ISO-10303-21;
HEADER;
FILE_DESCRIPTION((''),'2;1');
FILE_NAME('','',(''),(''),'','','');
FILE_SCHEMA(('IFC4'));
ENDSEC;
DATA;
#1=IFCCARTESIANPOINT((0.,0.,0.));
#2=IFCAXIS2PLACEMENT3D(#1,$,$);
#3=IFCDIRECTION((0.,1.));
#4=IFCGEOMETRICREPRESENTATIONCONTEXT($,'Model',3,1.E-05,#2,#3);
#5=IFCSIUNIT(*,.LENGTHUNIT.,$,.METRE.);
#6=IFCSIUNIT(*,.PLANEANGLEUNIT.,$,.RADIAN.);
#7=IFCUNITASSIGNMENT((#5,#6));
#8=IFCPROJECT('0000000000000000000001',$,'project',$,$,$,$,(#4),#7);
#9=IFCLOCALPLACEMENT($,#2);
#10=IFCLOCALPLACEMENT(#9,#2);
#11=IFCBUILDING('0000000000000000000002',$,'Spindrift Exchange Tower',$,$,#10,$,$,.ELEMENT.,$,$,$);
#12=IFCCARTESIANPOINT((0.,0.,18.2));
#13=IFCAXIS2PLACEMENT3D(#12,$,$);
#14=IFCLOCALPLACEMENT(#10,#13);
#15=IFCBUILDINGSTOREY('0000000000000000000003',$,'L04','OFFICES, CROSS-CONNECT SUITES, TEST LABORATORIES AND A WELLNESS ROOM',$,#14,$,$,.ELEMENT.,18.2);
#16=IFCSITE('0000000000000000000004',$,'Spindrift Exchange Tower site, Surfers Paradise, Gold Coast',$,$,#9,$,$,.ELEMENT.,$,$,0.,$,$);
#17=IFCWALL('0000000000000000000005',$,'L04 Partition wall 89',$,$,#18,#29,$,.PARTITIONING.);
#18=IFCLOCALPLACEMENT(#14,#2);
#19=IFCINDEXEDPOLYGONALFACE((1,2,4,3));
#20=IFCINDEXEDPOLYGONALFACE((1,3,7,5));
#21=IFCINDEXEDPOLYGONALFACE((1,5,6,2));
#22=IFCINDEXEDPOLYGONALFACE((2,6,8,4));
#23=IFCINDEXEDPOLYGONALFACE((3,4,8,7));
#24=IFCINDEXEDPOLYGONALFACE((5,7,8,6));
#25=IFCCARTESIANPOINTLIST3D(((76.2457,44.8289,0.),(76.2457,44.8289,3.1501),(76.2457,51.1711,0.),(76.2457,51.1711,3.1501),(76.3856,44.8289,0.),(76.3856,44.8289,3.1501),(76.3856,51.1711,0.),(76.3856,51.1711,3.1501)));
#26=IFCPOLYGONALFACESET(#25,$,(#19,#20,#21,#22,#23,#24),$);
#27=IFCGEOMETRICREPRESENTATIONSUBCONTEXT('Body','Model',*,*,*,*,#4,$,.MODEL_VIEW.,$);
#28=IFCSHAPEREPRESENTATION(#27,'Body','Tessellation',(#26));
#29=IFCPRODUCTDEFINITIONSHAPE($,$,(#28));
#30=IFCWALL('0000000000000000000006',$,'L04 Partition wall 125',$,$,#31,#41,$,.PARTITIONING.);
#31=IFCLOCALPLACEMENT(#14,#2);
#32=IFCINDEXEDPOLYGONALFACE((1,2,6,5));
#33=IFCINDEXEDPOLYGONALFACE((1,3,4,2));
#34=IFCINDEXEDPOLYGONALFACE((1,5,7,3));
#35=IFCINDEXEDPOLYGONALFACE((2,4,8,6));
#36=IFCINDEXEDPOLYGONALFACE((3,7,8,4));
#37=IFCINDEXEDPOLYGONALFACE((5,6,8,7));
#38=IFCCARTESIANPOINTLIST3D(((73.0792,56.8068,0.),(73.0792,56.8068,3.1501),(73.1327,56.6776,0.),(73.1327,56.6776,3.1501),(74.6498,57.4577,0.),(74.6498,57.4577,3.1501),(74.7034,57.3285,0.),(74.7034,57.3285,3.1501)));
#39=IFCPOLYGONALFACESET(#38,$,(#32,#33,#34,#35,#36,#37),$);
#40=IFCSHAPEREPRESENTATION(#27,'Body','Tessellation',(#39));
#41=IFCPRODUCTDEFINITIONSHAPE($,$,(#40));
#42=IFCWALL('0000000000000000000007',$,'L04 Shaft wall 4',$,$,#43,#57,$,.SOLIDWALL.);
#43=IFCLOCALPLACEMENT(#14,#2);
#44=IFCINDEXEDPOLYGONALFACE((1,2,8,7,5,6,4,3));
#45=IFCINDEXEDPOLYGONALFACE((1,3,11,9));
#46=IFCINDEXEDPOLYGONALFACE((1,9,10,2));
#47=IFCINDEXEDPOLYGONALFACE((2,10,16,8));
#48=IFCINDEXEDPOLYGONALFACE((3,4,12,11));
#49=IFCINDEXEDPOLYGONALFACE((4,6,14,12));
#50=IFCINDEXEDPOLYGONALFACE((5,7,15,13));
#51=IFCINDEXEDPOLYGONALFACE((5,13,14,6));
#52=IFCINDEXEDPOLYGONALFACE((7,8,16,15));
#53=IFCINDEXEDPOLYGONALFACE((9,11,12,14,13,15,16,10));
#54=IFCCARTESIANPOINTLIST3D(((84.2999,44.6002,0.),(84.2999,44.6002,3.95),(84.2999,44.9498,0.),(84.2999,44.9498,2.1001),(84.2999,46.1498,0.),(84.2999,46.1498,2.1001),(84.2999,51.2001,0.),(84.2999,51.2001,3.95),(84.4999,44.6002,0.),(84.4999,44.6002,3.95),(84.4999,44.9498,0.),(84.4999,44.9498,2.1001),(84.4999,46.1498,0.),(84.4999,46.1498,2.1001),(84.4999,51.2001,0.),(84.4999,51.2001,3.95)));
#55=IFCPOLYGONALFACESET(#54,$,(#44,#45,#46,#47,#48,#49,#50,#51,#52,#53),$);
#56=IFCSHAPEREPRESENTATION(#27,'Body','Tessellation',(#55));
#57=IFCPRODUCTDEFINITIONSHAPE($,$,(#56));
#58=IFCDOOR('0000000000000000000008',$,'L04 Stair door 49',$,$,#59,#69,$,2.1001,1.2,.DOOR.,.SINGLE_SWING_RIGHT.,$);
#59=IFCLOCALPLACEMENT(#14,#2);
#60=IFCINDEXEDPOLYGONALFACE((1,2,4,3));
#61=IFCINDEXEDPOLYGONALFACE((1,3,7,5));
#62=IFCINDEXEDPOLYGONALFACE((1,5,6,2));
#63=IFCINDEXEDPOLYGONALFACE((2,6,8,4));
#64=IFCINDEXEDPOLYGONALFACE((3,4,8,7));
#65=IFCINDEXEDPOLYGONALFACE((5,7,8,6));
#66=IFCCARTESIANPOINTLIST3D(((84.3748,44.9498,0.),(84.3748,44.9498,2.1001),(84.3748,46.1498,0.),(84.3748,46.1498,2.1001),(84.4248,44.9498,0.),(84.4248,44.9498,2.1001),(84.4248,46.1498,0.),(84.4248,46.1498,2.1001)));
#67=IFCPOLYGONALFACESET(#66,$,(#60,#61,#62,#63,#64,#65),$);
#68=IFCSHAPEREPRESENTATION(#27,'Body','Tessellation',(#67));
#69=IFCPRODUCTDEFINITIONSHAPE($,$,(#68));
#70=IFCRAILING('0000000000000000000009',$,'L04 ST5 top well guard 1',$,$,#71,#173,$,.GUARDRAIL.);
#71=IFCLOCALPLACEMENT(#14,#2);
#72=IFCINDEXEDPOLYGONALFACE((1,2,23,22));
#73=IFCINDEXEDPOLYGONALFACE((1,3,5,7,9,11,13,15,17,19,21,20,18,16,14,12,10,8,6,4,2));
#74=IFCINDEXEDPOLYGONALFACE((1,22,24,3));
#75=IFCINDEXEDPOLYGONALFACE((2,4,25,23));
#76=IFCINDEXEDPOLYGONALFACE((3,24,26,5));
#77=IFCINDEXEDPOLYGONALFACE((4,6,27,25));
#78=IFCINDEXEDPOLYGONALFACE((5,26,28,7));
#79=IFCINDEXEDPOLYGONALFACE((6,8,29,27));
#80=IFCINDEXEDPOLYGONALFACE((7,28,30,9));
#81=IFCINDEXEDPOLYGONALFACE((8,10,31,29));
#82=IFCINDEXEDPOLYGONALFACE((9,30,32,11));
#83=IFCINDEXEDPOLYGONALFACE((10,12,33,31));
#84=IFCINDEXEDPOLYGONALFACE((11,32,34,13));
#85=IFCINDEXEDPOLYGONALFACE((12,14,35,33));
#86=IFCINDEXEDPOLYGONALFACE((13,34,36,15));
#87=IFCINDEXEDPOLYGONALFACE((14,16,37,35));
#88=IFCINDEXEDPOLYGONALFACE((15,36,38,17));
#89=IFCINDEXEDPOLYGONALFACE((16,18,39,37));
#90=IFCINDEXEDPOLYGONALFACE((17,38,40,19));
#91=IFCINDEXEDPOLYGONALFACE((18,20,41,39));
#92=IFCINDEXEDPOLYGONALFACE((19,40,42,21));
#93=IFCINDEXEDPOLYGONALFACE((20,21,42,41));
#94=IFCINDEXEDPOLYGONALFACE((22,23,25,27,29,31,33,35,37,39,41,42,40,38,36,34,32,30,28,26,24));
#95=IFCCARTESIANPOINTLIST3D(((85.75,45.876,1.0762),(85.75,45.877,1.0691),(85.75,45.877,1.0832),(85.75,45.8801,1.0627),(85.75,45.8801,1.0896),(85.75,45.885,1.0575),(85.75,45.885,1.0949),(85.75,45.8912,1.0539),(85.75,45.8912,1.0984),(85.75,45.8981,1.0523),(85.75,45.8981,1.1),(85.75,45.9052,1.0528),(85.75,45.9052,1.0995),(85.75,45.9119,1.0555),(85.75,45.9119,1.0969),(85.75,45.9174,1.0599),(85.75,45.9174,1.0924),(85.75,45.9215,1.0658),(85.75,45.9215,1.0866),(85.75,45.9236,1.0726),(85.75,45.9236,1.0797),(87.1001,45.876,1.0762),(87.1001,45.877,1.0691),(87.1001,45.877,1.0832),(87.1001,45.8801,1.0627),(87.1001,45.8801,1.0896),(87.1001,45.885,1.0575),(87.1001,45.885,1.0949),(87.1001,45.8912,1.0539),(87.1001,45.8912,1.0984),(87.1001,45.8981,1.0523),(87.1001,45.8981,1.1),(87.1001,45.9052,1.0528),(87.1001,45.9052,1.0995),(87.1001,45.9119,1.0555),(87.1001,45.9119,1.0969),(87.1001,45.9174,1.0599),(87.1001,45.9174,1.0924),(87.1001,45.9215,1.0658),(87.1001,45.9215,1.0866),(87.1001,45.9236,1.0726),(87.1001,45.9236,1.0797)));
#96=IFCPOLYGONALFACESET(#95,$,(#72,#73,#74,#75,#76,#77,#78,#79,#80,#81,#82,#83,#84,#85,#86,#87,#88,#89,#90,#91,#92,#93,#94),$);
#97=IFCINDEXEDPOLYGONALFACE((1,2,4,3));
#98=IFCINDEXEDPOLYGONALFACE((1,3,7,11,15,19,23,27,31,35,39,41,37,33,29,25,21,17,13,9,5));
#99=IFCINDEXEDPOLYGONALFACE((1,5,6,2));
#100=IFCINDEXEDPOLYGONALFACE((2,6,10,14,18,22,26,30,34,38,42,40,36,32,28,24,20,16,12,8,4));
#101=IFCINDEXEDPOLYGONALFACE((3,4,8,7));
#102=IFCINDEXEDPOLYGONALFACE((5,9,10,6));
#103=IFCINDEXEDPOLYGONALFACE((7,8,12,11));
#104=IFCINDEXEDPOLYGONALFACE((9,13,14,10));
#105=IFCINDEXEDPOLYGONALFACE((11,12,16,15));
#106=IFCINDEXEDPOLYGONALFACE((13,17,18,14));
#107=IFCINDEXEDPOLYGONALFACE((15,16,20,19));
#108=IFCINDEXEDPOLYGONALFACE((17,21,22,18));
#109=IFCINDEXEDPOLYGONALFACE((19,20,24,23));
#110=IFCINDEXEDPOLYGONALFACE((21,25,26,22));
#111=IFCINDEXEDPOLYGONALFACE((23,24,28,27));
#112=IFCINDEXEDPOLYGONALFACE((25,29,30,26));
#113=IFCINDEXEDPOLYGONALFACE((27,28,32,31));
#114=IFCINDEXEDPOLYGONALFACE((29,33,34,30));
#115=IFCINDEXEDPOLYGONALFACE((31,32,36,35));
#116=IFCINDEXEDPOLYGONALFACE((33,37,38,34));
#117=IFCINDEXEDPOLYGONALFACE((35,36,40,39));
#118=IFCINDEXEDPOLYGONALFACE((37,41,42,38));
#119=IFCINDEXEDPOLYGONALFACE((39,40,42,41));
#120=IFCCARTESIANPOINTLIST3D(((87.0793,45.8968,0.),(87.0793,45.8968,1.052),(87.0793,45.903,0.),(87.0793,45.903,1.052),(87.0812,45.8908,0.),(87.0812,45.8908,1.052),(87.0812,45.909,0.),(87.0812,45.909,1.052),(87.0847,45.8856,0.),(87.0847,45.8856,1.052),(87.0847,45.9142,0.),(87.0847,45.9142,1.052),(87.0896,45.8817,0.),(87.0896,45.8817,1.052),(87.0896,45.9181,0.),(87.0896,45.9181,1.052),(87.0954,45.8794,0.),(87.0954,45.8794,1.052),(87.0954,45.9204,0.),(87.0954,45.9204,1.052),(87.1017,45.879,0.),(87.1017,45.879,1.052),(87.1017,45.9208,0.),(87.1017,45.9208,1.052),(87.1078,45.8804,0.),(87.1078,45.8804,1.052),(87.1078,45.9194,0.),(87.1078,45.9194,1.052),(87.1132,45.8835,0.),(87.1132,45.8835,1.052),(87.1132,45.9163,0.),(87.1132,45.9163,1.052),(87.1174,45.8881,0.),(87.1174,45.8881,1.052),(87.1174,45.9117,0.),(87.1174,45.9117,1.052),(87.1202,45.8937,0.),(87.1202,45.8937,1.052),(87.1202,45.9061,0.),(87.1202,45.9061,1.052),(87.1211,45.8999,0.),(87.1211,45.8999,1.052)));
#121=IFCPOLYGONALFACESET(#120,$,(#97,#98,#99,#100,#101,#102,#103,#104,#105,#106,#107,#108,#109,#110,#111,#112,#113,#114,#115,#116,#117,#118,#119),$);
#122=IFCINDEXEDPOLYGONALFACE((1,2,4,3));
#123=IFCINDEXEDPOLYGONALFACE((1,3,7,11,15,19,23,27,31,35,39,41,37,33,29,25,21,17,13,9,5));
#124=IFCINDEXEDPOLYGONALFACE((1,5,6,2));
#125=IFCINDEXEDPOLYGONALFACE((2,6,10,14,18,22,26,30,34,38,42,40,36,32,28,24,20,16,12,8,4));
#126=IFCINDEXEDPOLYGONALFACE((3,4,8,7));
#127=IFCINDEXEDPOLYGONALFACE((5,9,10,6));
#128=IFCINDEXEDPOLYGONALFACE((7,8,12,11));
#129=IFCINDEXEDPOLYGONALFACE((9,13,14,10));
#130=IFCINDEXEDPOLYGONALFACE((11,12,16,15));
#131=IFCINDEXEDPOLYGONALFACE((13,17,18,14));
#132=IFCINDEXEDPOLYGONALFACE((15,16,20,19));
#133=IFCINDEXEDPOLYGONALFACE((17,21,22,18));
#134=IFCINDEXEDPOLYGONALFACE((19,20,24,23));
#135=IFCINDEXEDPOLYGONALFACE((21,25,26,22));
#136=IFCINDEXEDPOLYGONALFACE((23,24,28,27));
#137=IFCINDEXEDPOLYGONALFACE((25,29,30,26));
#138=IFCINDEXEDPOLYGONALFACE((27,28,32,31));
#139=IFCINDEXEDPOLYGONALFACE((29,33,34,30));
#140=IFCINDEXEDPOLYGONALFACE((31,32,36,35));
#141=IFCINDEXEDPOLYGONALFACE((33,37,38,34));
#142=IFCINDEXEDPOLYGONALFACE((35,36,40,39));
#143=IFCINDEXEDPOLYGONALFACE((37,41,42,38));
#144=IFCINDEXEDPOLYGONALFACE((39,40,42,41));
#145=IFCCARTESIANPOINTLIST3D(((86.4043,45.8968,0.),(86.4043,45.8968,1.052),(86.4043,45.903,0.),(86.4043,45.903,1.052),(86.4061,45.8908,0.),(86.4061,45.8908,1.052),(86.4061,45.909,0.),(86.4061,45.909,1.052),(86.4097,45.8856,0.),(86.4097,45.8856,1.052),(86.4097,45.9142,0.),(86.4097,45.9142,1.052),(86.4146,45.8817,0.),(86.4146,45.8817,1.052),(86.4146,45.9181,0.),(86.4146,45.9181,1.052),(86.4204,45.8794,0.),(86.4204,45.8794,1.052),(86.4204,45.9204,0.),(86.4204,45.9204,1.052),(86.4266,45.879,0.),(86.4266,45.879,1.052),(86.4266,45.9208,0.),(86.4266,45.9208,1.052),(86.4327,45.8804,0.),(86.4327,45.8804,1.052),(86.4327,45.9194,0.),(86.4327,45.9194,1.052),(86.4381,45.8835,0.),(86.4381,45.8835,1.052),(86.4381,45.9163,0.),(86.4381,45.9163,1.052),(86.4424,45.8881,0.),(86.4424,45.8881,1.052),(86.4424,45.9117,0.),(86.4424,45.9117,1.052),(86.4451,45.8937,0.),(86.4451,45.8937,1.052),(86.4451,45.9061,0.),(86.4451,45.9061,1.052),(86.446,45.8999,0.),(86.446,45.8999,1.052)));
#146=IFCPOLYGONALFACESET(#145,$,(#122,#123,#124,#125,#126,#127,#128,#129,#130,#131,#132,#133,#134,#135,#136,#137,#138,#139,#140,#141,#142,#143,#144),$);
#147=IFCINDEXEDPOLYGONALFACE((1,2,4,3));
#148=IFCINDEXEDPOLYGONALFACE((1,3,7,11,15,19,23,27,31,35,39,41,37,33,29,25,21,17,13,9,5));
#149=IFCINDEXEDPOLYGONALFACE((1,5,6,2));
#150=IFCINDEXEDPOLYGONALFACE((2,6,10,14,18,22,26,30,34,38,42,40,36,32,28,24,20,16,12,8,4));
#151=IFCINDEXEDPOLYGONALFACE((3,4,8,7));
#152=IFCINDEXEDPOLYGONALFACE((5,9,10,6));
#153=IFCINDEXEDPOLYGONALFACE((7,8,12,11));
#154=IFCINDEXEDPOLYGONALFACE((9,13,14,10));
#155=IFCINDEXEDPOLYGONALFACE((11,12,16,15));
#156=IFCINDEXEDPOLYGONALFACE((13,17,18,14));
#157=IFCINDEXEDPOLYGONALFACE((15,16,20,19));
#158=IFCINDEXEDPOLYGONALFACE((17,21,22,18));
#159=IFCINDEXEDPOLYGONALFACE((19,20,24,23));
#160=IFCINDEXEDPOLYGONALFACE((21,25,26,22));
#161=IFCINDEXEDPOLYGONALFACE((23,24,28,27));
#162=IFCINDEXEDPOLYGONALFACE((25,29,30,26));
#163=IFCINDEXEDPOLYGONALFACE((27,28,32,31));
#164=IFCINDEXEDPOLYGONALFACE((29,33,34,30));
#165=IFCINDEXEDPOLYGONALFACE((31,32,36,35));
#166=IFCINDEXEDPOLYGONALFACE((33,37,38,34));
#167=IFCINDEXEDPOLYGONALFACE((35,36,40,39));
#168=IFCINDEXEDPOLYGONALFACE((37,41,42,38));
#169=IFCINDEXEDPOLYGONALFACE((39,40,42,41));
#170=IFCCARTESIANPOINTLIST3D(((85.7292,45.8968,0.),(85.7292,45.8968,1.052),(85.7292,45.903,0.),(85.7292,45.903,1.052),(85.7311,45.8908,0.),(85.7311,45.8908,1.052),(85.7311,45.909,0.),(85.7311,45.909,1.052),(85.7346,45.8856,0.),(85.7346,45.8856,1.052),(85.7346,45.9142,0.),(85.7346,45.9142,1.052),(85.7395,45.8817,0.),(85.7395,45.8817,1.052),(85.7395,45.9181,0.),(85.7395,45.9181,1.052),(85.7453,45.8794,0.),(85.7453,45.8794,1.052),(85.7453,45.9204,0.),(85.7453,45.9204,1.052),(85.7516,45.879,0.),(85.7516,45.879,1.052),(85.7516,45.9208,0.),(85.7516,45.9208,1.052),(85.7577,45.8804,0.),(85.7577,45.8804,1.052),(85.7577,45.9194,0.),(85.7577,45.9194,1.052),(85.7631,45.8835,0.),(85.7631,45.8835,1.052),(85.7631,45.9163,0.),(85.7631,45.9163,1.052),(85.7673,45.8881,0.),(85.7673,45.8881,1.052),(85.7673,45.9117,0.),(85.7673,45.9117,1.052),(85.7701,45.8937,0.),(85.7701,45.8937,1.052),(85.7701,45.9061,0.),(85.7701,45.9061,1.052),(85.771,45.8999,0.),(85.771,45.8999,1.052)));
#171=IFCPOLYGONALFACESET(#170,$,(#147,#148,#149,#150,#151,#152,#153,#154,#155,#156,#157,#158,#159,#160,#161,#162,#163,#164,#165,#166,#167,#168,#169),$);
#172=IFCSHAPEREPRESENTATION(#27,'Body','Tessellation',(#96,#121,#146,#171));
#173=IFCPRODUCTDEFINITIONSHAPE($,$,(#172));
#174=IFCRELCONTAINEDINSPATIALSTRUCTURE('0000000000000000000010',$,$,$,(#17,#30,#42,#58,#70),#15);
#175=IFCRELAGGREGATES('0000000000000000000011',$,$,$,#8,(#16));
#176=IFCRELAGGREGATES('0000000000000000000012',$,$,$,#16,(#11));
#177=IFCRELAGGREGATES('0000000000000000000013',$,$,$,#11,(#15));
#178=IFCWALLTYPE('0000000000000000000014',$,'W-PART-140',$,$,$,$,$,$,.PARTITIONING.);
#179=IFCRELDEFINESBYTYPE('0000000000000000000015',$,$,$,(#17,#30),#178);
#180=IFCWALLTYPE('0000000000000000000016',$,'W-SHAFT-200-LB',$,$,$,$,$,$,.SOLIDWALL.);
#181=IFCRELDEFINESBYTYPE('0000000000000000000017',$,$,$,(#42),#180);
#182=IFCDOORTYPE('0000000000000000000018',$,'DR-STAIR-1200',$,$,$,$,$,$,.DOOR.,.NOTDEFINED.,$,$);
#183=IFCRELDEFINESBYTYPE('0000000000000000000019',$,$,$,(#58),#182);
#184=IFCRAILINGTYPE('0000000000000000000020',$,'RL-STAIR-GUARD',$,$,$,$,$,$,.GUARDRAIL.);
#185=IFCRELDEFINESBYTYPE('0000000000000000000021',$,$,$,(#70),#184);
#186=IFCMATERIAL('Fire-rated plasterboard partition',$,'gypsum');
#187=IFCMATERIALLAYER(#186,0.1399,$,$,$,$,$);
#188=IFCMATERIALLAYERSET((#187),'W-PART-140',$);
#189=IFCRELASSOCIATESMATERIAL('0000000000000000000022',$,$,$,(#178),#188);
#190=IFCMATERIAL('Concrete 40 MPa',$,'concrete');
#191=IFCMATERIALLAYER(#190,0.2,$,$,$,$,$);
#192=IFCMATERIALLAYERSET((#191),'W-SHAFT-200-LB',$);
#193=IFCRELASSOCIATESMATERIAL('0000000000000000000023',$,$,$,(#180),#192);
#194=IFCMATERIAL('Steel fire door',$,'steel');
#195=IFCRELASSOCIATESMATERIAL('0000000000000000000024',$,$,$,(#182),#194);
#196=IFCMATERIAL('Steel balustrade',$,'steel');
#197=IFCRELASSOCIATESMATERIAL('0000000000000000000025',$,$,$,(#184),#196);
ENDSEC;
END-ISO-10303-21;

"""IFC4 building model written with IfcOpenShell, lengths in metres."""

from ifc_helpers import new_model, si_unit, direction, frame, frame_2d, origin, origin_2d, place, context, subcontext, project, spatial, rectangle, circle, extrude, source, transform, mapped, material, layer, layer_set, type_object, element, fill, save


model = new_model("IFC4")

# Units and contexts
model_context = context("Model", 3, precision=1e-05, world=origin(), true_north=direction((0.0, 1.0)))
body_context = subcontext(model_context, "Body", "Model", "MODEL_VIEW")
ifc_project = project(units=[si_unit("LENGTHUNIT", "METRE"), si_unit("PLANEANGLEUNIT", "RADIAN")], contexts=[model_context])

# Site, building, storey
site_placement = place(None, origin())
site = spatial("IfcSite", under=ifc_project, at=site_placement, Name="Spindrift Exchange Tower site, Surfers Paradise, Gold Coast", CompositionType="ELEMENT", RefElevation=0.0)
building_placement = place(site_placement, origin())
building = spatial("IfcBuilding", under=site, at=building_placement, Name="Spindrift Exchange Tower", CompositionType="ELEMENT")
storey_placement = place(building_placement, frame((0.0, 0.0, 18.2)))
storey = spatial("IfcBuildingStorey", under=building, at=storey_placement, Name="L04", Description="OFFICES, CROSS-CONNECT SUITES, TEST LABORATORIES AND A WELLNESS ROOM", CompositionType="ELEMENT", Elevation=18.2)

# Shared definitions
ifc_material_1 = material(Name="Fire-rated plasterboard partition", Category="gypsum")
ifc_layer_1 = layer(ifc_material_1, 0.1399)
ifc_layer_set_1 = layer_set([ifc_layer_1], Name="W-PART-140")
wall_type_1 = type_object("IfcWallType", Name="W-PART-140", PredefinedType="PARTITIONING", material=ifc_layer_set_1)

# Walls
wall_1_placement = place(storey_placement, frame((76.3157, 44.8289, 0.0), z_axis=(0.0, 0.0, 1.0), x_axis=(0.0, 1.0, 0.0)))
element("IfcWall", 1, at=wall_1_placement, inside=storey, type_object=wall_type_1, Name="L04 Partition wall 89", PredefinedType="PARTITIONING", context=body_context, shape_type="SweptSolid", body=[
    extrude(rectangle(XDim=6.3423, YDim=0.1399, at=frame_2d((3.1711, 0.0))), origin(), (0.0, 0.0, 1.0), 3.1501),
])
wall_2_placement = place(storey_placement, frame((73.106, 56.7422, 0.0), z_axis=(0.0, 0.0, 1.0), x_axis=(0.92381, 0.382851, 0.0)))
element("IfcWall", 2, at=wall_2_placement, inside=storey, type_object=wall_type_1, Name="L04 Partition wall 125", PredefinedType="PARTITIONING", context=body_context, shape_type="SweptSolid", body=[
    extrude(rectangle(XDim=1.7002, YDim=0.1399, at=frame_2d((0.8501, 0.0))), origin(), (0.0, 0.0, 1.0), 3.1501),
])

# Wall, opening, door
ifc_material_2 = material(Name="Concrete 40 MPa", Category="concrete")
ifc_layer_2 = layer(ifc_material_2, 0.2)
ifc_layer_set_2 = layer_set([ifc_layer_2], Name="W-SHAFT-200-LB")
wall_type_2 = type_object("IfcWallType", Name="W-SHAFT-200-LB", PredefinedType="SOLIDWALL", material=ifc_layer_set_2)
wall_3_placement = place(storey_placement, frame((84.3999, 51.2, 0.0), z_axis=(0.0, 0.0, 1.0), x_axis=(0.0, -1.0, 0.0)))
wall_3 = element("IfcWall", 3, at=wall_3_placement, inside=storey, type_object=wall_type_2, Name="L04 Shaft wall 4", PredefinedType="SOLIDWALL", context=body_context, shape_type="SweptSolid", body=[
    extrude(rectangle(XDim=6.5999, YDim=0.2, at=frame_2d((3.2998, 0.0))), origin(), (0.0, 0.0, 1.0), 3.95),
])
opening_1_placement = place(wall_3_placement, frame((5.05, 0.0, 0.0)))
opening_1 = element("IfcOpeningElement", 4, at=opening_1_placement, cuts=wall_3, PredefinedType="OPENING", context=body_context, shape_type="SweptSolid", body=[
    extrude(rectangle(XDim=1.2, YDim=2.1001, at=frame_2d((0.6001, 1.05))), frame((0.0, 0.1099, 0.0), z_axis=(0.0, -1.0, 0.0), x_axis=(1.0, 0.0, 0.0)), (0.0, 0.0, 1.0), 0.22),
])
ifc_material_3 = material(Name="Steel fire door", Category="steel")
door_type_1 = type_object("IfcDoorType", Name="DR-STAIR-1200", OperationType="NOTDEFINED", PredefinedType="DOOR", material=ifc_material_3)
shared_shape_1 = source(origin(), body_context, "Body", "SweptSolid", [
    extrude(rectangle(XDim=1.2, YDim=2.1001, at=frame_2d((0.6001, 1.05))), frame((0.0, 0.0249, 0.0), z_axis=(0.0, -1.0, 0.0), x_axis=(1.0, 0.0, 0.0)), (0.0, 0.0, 1.0), 0.05),
])
door_1_placement = place(opening_1_placement, origin())
door_1 = element("IfcDoor", 5, at=door_1_placement, inside=storey, type_object=door_type_1, Name="L04 Stair door 49", OperationType="SINGLE_SWING_RIGHT", OverallHeight=2.1001, OverallWidth=1.2, PredefinedType="DOOR", context=body_context, shape_type="MappedRepresentation", body=[
    mapped(shared_shape_1, transform((0.0, 0.0, 0.0), scale=1.0)),
])
fill(opening_1, door_1)

# Railing
ifc_material_4 = material(Name="Steel balustrade", Category="steel")
railing_type = type_object("IfcRailingType", Name="RL-STAIR-GUARD", PredefinedType="GUARDRAIL", material=ifc_material_4)
railing_placement = place(storey_placement, frame((87.1001, 45.8999, 0.0)))
element("IfcRailing", 6, at=railing_placement, inside=storey, type_object=railing_type, Name="L04 ST5 top well guard 1", PredefinedType="GUARDRAIL", context=body_context, shape_type="SweptSolid", body=[
    extrude(circle(Radius=0.0239, at=origin_2d()), frame((0.0, 0.0, 1.0762), z_axis=(-1.0, 0.0, 0.0), x_axis=(0.0, -1.0, 0.0)), (0.0, 0.0, 1.0), 1.3501),
    extrude(circle(Radius=0.021, at=origin_2d()), origin(), (0.0, 0.0, 1.0), 1.052),
    extrude(circle(Radius=0.021, at=origin_2d()), frame((-0.675, 0.0, 0.0)), (0.0, 0.0, 1.0), 1.052),
    extrude(circle(Radius=0.021, at=origin_2d()), frame((-1.3501, 0.0, 0.0)), (0.0, 0.0, 1.0), 1.052),
])

save(model, "model.ifc")
